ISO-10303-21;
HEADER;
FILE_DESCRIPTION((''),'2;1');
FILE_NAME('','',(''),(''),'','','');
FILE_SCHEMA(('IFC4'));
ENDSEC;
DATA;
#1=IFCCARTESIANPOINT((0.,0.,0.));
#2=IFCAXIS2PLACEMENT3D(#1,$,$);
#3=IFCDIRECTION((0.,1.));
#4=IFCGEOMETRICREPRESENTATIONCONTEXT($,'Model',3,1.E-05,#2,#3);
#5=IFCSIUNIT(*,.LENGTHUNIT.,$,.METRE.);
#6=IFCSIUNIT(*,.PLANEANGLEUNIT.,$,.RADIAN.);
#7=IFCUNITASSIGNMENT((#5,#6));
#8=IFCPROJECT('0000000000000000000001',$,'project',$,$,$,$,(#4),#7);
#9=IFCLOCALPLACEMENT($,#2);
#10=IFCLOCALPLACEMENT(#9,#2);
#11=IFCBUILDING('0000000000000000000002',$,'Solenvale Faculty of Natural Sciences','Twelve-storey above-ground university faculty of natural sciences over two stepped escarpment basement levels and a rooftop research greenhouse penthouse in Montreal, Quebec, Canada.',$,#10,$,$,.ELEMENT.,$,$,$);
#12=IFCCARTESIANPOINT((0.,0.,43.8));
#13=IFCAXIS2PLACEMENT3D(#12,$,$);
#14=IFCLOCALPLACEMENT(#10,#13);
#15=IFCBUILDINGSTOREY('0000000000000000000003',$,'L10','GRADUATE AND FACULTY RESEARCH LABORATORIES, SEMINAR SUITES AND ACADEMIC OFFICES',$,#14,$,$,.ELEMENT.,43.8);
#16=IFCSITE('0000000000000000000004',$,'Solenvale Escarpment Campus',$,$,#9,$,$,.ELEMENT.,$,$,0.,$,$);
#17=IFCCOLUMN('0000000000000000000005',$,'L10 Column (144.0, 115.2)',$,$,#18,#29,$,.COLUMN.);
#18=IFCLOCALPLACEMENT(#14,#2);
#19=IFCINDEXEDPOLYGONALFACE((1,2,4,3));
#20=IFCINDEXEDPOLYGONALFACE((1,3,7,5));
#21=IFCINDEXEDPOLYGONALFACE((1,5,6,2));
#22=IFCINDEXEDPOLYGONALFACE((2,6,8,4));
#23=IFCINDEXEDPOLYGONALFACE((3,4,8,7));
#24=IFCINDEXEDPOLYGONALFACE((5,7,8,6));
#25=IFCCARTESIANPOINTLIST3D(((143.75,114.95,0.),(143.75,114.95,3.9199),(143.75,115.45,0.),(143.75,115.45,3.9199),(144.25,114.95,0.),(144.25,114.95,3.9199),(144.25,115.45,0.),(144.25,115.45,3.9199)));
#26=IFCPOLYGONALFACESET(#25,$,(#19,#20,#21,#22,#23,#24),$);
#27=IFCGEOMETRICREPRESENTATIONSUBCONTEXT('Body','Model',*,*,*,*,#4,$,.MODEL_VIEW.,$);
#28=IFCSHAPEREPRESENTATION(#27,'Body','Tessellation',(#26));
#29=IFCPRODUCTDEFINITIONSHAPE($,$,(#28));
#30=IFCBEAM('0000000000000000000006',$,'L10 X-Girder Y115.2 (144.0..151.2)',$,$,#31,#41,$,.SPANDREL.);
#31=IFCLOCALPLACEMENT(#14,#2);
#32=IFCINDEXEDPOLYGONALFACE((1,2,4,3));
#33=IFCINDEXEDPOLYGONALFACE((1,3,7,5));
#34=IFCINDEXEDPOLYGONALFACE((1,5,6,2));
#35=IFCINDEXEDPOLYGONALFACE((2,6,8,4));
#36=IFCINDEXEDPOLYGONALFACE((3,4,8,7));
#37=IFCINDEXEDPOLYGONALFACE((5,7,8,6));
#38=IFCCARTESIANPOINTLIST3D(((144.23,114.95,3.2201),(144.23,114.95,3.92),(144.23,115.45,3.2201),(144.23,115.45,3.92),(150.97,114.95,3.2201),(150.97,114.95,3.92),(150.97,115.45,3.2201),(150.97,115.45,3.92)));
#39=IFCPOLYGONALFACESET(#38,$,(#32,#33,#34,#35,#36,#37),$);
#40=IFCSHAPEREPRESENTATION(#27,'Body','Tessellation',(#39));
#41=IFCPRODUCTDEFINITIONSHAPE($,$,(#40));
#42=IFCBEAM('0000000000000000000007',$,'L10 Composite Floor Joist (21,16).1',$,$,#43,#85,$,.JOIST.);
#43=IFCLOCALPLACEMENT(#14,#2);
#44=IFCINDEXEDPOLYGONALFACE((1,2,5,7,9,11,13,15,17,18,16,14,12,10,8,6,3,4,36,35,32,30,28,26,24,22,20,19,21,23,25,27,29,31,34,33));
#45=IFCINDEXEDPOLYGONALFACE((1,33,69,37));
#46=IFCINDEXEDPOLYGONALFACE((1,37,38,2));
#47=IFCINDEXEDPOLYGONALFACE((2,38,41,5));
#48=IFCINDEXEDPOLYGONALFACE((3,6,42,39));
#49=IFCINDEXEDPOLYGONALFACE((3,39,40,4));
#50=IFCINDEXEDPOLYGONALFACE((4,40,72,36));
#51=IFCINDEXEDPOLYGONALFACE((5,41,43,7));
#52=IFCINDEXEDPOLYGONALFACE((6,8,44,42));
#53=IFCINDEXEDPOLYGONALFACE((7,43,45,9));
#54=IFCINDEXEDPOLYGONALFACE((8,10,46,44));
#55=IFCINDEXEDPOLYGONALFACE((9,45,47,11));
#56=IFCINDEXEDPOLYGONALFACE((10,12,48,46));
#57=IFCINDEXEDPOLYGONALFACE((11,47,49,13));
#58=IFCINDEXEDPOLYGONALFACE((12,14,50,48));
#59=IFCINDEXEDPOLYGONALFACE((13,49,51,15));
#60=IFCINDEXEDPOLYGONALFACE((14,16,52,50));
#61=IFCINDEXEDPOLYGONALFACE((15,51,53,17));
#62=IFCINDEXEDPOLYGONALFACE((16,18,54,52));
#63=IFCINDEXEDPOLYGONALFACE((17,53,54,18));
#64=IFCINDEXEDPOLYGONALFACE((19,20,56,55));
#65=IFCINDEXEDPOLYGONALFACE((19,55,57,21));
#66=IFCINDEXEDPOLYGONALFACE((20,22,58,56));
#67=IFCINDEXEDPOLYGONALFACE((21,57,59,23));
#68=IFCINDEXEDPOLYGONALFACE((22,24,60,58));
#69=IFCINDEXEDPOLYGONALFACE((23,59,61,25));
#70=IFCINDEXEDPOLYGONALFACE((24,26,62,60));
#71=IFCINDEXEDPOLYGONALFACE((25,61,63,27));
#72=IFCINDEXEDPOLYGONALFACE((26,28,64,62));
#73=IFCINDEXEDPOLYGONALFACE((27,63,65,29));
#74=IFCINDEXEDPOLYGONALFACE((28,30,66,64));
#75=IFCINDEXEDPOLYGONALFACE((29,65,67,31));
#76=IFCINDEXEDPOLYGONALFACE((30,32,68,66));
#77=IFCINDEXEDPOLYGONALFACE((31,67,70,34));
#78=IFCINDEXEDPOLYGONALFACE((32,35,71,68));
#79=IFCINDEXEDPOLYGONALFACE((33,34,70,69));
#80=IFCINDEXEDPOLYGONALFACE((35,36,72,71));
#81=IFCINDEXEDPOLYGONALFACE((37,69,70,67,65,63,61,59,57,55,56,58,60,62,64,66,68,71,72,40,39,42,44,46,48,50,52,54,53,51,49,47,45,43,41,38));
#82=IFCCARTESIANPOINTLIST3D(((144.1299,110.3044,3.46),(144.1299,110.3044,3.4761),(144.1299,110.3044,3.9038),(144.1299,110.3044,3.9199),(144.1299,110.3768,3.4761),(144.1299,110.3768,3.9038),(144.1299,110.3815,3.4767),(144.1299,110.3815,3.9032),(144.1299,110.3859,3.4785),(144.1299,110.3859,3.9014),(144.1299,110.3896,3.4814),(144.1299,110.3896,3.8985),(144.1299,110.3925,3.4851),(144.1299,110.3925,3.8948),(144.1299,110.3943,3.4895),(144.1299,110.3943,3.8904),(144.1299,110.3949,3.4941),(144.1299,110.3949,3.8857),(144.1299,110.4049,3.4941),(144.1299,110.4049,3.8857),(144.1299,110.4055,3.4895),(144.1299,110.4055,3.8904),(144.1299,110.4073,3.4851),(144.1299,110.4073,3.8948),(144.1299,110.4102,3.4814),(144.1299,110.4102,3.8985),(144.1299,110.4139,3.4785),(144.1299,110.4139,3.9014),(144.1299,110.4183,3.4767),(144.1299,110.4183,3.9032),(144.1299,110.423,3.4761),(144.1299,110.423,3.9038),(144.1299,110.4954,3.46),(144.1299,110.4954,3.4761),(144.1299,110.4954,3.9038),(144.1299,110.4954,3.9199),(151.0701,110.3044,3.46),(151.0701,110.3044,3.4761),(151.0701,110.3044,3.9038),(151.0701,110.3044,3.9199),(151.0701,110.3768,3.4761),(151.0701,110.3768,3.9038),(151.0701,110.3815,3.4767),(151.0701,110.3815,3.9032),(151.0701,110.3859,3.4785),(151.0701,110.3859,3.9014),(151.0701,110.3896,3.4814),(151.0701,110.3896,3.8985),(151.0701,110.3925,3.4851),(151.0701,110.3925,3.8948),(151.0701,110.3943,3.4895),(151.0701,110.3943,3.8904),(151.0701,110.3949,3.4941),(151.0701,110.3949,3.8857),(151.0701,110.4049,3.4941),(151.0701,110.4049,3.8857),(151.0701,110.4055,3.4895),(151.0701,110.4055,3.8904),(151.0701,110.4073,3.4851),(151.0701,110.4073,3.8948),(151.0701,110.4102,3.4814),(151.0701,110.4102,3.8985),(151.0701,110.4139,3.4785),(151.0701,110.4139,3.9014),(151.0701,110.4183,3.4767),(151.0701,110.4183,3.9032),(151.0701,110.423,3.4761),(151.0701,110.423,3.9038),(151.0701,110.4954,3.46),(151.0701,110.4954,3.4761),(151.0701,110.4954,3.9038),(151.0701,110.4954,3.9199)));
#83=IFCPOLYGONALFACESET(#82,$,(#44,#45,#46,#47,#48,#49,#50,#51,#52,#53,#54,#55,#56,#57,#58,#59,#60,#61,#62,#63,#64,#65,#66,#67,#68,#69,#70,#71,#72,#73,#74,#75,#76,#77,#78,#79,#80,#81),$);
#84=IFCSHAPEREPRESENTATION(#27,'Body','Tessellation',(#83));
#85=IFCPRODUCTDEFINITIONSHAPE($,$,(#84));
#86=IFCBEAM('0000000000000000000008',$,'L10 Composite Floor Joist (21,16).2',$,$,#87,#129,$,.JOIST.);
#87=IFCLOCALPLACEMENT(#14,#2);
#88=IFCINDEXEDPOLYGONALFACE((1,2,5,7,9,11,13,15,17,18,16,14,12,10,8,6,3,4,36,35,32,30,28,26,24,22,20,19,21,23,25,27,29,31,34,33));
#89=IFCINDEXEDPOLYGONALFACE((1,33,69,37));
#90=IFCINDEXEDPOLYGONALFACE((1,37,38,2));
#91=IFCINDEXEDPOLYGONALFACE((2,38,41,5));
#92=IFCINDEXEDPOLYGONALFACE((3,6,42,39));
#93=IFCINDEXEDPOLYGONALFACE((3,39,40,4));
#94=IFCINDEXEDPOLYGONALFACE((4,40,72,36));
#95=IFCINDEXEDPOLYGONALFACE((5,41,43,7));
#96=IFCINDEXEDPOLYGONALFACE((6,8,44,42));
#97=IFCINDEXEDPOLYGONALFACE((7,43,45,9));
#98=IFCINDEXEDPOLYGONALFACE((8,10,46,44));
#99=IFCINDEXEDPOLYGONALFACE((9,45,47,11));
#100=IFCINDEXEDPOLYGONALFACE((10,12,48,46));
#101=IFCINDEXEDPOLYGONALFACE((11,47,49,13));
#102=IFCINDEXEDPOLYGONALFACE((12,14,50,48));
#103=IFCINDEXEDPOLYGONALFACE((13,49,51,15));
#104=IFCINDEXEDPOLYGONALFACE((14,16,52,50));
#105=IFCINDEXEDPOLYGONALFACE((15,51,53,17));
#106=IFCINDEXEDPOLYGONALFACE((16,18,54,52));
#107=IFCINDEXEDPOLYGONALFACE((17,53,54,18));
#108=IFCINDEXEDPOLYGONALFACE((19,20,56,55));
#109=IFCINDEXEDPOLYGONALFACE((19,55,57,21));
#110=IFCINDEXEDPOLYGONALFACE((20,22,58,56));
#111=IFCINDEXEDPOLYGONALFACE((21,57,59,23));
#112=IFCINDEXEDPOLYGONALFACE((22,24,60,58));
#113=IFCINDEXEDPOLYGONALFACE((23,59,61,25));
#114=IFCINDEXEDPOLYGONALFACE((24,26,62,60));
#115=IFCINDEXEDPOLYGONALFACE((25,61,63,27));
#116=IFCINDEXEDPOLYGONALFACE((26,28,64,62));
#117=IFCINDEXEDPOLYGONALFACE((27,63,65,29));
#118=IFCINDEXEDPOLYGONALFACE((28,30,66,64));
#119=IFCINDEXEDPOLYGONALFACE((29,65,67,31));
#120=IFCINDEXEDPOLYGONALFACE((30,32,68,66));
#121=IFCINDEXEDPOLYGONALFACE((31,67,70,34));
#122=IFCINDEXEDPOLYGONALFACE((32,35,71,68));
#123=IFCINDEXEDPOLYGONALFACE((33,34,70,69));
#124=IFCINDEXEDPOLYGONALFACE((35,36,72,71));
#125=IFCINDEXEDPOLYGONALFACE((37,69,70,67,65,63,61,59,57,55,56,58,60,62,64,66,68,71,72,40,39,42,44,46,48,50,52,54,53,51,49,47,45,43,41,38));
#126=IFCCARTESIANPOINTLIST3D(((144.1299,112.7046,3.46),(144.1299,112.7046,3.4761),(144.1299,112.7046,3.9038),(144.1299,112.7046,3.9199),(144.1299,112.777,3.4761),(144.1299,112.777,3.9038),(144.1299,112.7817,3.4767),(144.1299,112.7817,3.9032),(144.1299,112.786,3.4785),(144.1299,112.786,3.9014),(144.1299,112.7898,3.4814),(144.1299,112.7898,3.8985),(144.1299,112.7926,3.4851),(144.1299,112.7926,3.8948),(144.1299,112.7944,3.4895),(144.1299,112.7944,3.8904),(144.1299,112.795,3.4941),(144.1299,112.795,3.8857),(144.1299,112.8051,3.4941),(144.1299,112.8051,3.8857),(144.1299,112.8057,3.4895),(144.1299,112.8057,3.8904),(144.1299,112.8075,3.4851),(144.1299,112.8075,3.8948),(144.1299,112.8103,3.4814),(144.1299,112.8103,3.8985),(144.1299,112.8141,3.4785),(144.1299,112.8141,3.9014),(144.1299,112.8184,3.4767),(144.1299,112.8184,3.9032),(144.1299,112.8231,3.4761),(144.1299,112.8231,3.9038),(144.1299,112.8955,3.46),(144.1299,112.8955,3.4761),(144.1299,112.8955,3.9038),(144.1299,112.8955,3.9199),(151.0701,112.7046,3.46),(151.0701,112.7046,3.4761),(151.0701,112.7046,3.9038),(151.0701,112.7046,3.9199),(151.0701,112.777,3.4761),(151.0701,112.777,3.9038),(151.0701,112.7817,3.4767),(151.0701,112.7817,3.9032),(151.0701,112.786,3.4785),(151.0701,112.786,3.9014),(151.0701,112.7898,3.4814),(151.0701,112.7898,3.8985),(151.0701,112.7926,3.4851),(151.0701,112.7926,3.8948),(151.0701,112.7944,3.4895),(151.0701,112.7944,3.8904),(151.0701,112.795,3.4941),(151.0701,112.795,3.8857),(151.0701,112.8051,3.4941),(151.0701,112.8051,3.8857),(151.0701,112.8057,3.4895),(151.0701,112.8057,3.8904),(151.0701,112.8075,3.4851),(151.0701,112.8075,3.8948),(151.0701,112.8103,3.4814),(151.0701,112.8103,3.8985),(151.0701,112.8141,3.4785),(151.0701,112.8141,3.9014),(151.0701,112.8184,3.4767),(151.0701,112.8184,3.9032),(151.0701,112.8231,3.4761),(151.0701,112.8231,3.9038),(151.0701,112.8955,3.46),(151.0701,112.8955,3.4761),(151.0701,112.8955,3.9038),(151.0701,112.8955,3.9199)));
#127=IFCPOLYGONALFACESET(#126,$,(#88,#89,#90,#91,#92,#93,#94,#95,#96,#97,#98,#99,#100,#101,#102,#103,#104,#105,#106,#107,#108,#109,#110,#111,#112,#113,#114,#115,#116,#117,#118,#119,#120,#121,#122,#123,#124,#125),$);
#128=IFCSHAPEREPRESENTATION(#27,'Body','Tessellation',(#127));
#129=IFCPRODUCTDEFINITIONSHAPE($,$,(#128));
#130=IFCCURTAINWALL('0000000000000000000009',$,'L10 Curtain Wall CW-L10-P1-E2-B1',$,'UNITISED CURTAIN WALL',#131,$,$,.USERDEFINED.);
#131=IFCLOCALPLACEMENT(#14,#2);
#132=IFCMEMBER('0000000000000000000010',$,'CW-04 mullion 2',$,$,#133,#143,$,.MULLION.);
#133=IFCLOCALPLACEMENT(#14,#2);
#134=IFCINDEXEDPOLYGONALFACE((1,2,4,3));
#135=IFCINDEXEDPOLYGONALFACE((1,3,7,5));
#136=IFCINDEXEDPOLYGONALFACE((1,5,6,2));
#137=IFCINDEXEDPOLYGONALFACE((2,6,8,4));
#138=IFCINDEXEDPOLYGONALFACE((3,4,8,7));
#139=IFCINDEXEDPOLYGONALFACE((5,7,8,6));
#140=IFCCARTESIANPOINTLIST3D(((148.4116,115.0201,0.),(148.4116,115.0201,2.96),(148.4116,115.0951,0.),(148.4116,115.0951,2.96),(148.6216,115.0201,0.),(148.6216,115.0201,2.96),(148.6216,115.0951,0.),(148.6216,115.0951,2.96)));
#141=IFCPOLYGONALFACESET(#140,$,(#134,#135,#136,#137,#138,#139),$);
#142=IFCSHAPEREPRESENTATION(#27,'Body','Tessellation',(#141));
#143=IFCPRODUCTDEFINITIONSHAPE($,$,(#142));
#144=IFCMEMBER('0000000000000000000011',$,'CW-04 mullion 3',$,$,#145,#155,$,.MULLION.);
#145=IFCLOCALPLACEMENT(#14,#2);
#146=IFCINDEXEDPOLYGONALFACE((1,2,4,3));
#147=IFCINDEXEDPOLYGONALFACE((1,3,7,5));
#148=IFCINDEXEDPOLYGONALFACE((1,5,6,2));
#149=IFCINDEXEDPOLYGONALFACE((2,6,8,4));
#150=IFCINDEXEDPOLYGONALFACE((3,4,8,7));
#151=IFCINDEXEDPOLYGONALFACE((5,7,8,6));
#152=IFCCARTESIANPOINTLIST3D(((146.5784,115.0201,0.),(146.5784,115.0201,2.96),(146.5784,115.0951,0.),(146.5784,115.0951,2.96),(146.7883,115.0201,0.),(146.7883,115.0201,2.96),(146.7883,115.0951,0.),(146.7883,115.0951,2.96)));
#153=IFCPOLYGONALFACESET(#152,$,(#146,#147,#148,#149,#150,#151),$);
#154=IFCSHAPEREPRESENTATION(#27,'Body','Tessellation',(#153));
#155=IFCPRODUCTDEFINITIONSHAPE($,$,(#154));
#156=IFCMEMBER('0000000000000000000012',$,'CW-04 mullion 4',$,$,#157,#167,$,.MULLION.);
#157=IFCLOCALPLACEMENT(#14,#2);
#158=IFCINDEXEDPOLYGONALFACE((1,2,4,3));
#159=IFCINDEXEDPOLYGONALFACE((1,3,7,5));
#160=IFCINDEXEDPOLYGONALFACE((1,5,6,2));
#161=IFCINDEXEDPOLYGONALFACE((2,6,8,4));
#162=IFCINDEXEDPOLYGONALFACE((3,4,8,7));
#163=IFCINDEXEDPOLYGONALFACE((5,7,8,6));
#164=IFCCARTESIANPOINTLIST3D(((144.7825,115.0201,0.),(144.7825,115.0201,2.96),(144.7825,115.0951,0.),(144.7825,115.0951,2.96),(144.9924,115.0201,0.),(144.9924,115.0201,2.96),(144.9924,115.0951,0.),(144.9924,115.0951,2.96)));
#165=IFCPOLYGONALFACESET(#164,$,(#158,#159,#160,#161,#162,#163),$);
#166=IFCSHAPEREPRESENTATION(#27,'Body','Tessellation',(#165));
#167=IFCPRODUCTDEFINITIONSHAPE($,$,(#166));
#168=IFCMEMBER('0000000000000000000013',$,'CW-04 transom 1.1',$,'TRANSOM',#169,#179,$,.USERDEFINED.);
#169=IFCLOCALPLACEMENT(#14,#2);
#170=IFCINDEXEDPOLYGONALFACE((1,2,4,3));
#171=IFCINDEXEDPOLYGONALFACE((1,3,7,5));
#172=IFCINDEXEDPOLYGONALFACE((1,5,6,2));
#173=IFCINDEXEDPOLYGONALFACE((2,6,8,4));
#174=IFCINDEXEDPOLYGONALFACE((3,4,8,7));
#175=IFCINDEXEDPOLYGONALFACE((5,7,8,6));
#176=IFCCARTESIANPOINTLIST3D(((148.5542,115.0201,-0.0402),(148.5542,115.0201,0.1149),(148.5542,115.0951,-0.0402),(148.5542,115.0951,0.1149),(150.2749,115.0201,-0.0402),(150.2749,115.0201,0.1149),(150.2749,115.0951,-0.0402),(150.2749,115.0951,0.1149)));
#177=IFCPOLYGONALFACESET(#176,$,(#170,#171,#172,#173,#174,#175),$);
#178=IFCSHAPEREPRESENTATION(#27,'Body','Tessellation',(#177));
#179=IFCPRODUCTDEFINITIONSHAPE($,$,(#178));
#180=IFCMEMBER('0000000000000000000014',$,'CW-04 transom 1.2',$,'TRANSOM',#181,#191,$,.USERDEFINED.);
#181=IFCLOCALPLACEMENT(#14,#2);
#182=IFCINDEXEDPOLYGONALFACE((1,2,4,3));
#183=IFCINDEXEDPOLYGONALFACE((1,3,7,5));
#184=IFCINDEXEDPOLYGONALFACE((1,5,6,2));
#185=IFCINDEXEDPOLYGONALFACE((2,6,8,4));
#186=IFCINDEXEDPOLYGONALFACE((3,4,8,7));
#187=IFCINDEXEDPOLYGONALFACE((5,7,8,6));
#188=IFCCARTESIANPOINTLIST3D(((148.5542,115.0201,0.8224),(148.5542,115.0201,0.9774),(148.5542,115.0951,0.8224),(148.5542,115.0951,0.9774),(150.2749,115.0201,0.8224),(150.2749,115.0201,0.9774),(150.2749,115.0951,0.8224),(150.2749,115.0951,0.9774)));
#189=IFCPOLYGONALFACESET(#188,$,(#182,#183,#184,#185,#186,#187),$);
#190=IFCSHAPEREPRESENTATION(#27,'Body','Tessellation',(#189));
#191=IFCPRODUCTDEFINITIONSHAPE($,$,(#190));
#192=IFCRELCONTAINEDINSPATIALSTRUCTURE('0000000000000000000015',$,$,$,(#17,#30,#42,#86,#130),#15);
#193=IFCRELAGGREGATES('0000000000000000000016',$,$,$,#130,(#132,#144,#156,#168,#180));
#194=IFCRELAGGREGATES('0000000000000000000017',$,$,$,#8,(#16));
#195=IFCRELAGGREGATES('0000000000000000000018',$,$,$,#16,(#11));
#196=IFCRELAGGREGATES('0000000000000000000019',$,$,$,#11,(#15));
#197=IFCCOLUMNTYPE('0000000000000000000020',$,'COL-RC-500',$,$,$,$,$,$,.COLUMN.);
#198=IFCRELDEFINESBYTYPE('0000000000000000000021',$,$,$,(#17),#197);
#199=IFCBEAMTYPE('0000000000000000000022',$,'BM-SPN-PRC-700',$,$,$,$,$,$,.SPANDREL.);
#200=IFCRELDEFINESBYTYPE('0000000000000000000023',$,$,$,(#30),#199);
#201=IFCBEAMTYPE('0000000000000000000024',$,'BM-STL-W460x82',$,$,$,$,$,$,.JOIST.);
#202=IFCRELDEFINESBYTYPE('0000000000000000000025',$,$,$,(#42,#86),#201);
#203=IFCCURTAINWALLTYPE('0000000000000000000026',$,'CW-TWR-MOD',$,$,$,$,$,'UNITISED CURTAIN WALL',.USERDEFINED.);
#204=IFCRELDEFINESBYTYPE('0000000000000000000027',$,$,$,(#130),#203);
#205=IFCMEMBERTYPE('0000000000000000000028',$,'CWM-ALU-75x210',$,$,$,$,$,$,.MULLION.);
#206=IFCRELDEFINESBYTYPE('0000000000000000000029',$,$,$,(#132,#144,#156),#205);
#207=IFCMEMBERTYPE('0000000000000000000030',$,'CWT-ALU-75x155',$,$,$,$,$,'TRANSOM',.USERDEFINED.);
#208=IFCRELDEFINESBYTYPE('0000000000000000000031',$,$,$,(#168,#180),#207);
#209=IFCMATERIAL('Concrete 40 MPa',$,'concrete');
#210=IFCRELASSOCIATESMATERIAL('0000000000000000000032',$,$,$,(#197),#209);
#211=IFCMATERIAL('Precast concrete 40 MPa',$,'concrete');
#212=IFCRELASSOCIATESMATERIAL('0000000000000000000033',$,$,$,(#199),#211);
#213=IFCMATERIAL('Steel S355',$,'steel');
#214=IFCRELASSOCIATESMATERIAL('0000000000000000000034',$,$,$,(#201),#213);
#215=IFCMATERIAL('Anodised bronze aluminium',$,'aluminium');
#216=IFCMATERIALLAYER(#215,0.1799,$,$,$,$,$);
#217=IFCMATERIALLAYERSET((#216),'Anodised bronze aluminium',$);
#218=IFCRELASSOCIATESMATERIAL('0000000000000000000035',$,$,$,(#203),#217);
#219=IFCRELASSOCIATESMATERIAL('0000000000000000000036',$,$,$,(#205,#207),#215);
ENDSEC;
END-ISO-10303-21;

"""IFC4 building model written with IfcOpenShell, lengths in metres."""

from ifc_helpers import new_model, si_unit, direction, frame, origin, origin_2d, place, context, subcontext, project, spatial, rectangle, i_section, extrude, material, layer, layer_set, material_profile, profile_set, type_object, element, aggregate, save


model = new_model("IFC4")

# Units and contexts
model_context = context("Model", 3, precision=1e-05, world=origin(), true_north=direction((0.0, 1.0)))
body_context = subcontext(model_context, "Body", "Model", "MODEL_VIEW")
ifc_project = project(units=[si_unit("LENGTHUNIT", "METRE"), si_unit("PLANEANGLEUNIT", "RADIAN")], contexts=[model_context])

# Site, building, storey
site_placement = place(None, origin())
site = spatial("IfcSite", under=ifc_project, at=site_placement, Name="Solenvale Escarpment Campus", CompositionType="ELEMENT", RefElevation=0.0)
building_placement = place(site_placement, origin())
building = spatial("IfcBuilding", under=site, at=building_placement, Name="Solenvale Faculty of Natural Sciences", Description="Twelve-storey above-ground university faculty of natural sciences over two stepped escarpment basement levels and a rooftop research greenhouse penthouse in Montreal, Quebec, Canada.", CompositionType="ELEMENT")
storey_placement = place(building_placement, frame((0.0, 0.0, 43.8)))
storey = spatial("IfcBuildingStorey", under=building, at=storey_placement, Name="L10", Description="GRADUATE AND FACULTY RESEARCH LABORATORIES, SEMINAR SUITES AND ACADEMIC OFFICES", CompositionType="ELEMENT", Elevation=43.8)

# Column
ifc_material_1 = material(Name="Concrete 40 MPa", Category="concrete")
ifc_material_profile_1 = material_profile(ifc_material_1, rectangle(XDim=0.5, YDim=0.5, at=origin_2d()), Name="RC-COL-500x500")
ifc_profile_set_1 = profile_set([ifc_material_profile_1], Name="Concrete 40 MPa")
column_type = type_object("IfcColumnType", Name="COL-RC-500", PredefinedType="COLUMN", material=ifc_profile_set_1)
column_placement = place(storey_placement, frame((144.0, 115.2, 0.0), z_axis=(0.0, 0.0, 1.0), x_axis=(1.0, 0.0, 0.0)))
element("IfcColumn", 1, at=column_placement, inside=storey, type_object=column_type, Name="L10 Column (144.0, 115.2)", PredefinedType="COLUMN", context=body_context, shape_type="SweptSolid", body=[
    extrude(rectangle(XDim=0.5, YDim=0.5, at=origin_2d()), origin(), (0.0, 0.0, 1.0), 3.9199),
])

# Beams
ifc_material_2 = material(Name="Precast concrete 40 MPa", Category="concrete")
ifc_material_profile_2 = material_profile(ifc_material_2, rectangle(XDim=0.5, YDim=0.7, at=origin_2d()), Name="RC-BM-500x700")
ifc_profile_set_2 = profile_set([ifc_material_profile_2], Name="Precast concrete 40 MPa")
beam_type_1 = type_object("IfcBeamType", Name="BM-SPN-PRC-700", PredefinedType="SPANDREL", material=ifc_profile_set_2)
beam_placement = place(storey_placement, frame((144.23, 115.2, 3.5701), z_axis=(1.0, 0.0, 0.0), x_axis=(0.0, 1.0, 0.0)))
element("IfcBeam", 2, at=beam_placement, inside=storey, type_object=beam_type_1, Name="L10 X-Girder Y115.2 (144.0..151.2)", PredefinedType="SPANDREL", context=body_context, shape_type="SweptSolid", body=[
    extrude(rectangle(XDim=0.5, YDim=0.7, at=origin_2d()), origin(), (0.0, 0.0, 1.0), 6.74),
])
ifc_material_3 = material(Name="Steel S355", Category="steel")
ifc_material_profile_3 = material_profile(ifc_material_3, i_section(OverallWidth=0.1909, OverallDepth=0.46, WebThickness=0.01, FlangeThickness=0.0161, FilletRadius=0.0181, at=origin_2d()), Name="W460x82")
ifc_profile_set_3 = profile_set([ifc_material_profile_3], Name="Steel S355")
beam_type_2 = type_object("IfcBeamType", Name="BM-STL-W460x82", PredefinedType="JOIST", material=ifc_profile_set_3)
for number, where, z_axis, x_axis, name in (
    (3, (144.1299, 110.3999, 3.6899), (1.0, 0.0, 0.0), (0.0, 1.0, 0.0), "L10 Composite Floor Joist (21,16).1"),
    (4, (144.1299, 112.8, 3.6899), (1.0, 0.0, 0.0), (0.0, 1.0, 0.0), "L10 Composite Floor Joist (21,16).2"),
):
    element("IfcBeam", number, at=place(storey_placement, frame(where, z_axis=z_axis, x_axis=x_axis)), inside=storey, type_object=beam_type_2, Name=name, PredefinedType="JOIST", context=body_context, shape_type="SweptSolid", body=[
        extrude(i_section(OverallWidth=0.1909, OverallDepth=0.46, WebThickness=0.01, FlangeThickness=0.0161, FilletRadius=0.0181, at=origin_2d()), origin(), (0.0, 0.0, 1.0), 6.9402),
    ])

# Curtain wall, members
ifc_material_4 = material(Name="Anodised bronze aluminium", Category="aluminium")
ifc_layer_1 = layer(ifc_material_4, 0.1799)
ifc_layer_set_1 = layer_set([ifc_layer_1], Name="Anodised bronze aluminium")
curtain_wall_type = type_object("IfcCurtainWallType", Name="CW-TWR-MOD", ElementType="UNITISED CURTAIN WALL", PredefinedType="USERDEFINED", material=ifc_layer_set_1)
curtain_wall_placement = place(storey_placement, origin())
curtain_wall = element("IfcCurtainWall", 5, at=curtain_wall_placement, inside=storey, type_object=curtain_wall_type, Name="L10 Curtain Wall CW-L10-P1-E2-B1", ObjectType="UNITISED CURTAIN WALL", PredefinedType="USERDEFINED")
ifc_material_profile_4 = material_profile(ifc_material_4, rectangle(XDim=0.075, YDim=0.21, at=origin_2d()), Name="ALU-MUL-75x210")
ifc_profile_set_4 = profile_set([ifc_material_profile_4], Name="Anodised bronze aluminium")
member_type_1 = type_object("IfcMemberType", Name="CWM-ALU-75x210", PredefinedType="MULLION", material=ifc_profile_set_4)
member_1_placement = place(storey_placement, frame((148.5166, 115.0576, 0.0), z_axis=(0.0, 0.0, 1.0), x_axis=(0.0, -1.0, 0.0)))
member_1 = element("IfcMember", 6, at=member_1_placement, type_object=member_type_1, Name="CW-04 mullion 2", PredefinedType="MULLION", context=body_context, shape_type="SweptSolid", body=[
    extrude(rectangle(XDim=0.075, YDim=0.21, at=origin_2d()), origin(), (0.0, 0.0, 1.0), 2.96),
])
member_2_placement = place(storey_placement, frame((146.6833, 115.0576, 0.0), z_axis=(0.0, 0.0, 1.0), x_axis=(0.0, -1.0, 0.0)))
member_2 = element("IfcMember", 7, at=member_2_placement, type_object=member_type_1, Name="CW-04 mullion 3", PredefinedType="MULLION", context=body_context, shape_type="SweptSolid", body=[
    extrude(rectangle(XDim=0.075, YDim=0.21, at=origin_2d()), origin(), (0.0, 0.0, 1.0), 2.96),
])
member_3_placement = place(storey_placement, frame((144.8875, 115.0576, 0.0), z_axis=(0.0, 0.0, 1.0), x_axis=(0.0, -1.0, 0.0)))
member_3 = element("IfcMember", 8, at=member_3_placement, type_object=member_type_1, Name="CW-04 mullion 4", PredefinedType="MULLION", context=body_context, shape_type="SweptSolid", body=[
    extrude(rectangle(XDim=0.075, YDim=0.21, at=origin_2d()), origin(), (0.0, 0.0, 1.0), 2.96),
])
ifc_material_profile_5 = material_profile(ifc_material_4, rectangle(XDim=0.075, YDim=0.155, at=origin_2d()), Name="ALU-TRN-75x155")
ifc_profile_set_5 = profile_set([ifc_material_profile_5], Name="Anodised bronze aluminium")
member_type_2 = type_object("IfcMemberType", Name="CWT-ALU-75x155", ElementType="TRANSOM", PredefinedType="USERDEFINED", material=ifc_profile_set_5)
member_4_placement = place(storey_placement, frame((150.2749, 115.0576, 0.0374), z_axis=(-1.0, 0.0, 0.0), x_axis=(0.0, -1.0, 0.0)))
member_4 = element("IfcMember", 9, at=member_4_placement, type_object=member_type_2, Name="CW-04 transom 1.1", ObjectType="TRANSOM", PredefinedType="USERDEFINED", context=body_context, shape_type="SweptSolid", body=[
    extrude(rectangle(XDim=0.075, YDim=0.155, at=origin_2d()), origin(), (0.0, 0.0, 1.0), 1.7207),
])
member_5_placement = place(storey_placement, frame((150.2749, 115.0576, 0.8999), z_axis=(-1.0, 0.0, 0.0), x_axis=(0.0, -1.0, 0.0)))
member_5 = element("IfcMember", 10, at=member_5_placement, type_object=member_type_2, Name="CW-04 transom 1.2", ObjectType="TRANSOM", PredefinedType="USERDEFINED", context=body_context, shape_type="SweptSolid", body=[
    extrude(rectangle(XDim=0.075, YDim=0.155, at=origin_2d()), origin(), (0.0, 0.0, 1.0), 1.7207),
])
aggregate(curtain_wall, [member_1, member_2, member_3, member_4, member_5])

save(model, "model.ifc")
